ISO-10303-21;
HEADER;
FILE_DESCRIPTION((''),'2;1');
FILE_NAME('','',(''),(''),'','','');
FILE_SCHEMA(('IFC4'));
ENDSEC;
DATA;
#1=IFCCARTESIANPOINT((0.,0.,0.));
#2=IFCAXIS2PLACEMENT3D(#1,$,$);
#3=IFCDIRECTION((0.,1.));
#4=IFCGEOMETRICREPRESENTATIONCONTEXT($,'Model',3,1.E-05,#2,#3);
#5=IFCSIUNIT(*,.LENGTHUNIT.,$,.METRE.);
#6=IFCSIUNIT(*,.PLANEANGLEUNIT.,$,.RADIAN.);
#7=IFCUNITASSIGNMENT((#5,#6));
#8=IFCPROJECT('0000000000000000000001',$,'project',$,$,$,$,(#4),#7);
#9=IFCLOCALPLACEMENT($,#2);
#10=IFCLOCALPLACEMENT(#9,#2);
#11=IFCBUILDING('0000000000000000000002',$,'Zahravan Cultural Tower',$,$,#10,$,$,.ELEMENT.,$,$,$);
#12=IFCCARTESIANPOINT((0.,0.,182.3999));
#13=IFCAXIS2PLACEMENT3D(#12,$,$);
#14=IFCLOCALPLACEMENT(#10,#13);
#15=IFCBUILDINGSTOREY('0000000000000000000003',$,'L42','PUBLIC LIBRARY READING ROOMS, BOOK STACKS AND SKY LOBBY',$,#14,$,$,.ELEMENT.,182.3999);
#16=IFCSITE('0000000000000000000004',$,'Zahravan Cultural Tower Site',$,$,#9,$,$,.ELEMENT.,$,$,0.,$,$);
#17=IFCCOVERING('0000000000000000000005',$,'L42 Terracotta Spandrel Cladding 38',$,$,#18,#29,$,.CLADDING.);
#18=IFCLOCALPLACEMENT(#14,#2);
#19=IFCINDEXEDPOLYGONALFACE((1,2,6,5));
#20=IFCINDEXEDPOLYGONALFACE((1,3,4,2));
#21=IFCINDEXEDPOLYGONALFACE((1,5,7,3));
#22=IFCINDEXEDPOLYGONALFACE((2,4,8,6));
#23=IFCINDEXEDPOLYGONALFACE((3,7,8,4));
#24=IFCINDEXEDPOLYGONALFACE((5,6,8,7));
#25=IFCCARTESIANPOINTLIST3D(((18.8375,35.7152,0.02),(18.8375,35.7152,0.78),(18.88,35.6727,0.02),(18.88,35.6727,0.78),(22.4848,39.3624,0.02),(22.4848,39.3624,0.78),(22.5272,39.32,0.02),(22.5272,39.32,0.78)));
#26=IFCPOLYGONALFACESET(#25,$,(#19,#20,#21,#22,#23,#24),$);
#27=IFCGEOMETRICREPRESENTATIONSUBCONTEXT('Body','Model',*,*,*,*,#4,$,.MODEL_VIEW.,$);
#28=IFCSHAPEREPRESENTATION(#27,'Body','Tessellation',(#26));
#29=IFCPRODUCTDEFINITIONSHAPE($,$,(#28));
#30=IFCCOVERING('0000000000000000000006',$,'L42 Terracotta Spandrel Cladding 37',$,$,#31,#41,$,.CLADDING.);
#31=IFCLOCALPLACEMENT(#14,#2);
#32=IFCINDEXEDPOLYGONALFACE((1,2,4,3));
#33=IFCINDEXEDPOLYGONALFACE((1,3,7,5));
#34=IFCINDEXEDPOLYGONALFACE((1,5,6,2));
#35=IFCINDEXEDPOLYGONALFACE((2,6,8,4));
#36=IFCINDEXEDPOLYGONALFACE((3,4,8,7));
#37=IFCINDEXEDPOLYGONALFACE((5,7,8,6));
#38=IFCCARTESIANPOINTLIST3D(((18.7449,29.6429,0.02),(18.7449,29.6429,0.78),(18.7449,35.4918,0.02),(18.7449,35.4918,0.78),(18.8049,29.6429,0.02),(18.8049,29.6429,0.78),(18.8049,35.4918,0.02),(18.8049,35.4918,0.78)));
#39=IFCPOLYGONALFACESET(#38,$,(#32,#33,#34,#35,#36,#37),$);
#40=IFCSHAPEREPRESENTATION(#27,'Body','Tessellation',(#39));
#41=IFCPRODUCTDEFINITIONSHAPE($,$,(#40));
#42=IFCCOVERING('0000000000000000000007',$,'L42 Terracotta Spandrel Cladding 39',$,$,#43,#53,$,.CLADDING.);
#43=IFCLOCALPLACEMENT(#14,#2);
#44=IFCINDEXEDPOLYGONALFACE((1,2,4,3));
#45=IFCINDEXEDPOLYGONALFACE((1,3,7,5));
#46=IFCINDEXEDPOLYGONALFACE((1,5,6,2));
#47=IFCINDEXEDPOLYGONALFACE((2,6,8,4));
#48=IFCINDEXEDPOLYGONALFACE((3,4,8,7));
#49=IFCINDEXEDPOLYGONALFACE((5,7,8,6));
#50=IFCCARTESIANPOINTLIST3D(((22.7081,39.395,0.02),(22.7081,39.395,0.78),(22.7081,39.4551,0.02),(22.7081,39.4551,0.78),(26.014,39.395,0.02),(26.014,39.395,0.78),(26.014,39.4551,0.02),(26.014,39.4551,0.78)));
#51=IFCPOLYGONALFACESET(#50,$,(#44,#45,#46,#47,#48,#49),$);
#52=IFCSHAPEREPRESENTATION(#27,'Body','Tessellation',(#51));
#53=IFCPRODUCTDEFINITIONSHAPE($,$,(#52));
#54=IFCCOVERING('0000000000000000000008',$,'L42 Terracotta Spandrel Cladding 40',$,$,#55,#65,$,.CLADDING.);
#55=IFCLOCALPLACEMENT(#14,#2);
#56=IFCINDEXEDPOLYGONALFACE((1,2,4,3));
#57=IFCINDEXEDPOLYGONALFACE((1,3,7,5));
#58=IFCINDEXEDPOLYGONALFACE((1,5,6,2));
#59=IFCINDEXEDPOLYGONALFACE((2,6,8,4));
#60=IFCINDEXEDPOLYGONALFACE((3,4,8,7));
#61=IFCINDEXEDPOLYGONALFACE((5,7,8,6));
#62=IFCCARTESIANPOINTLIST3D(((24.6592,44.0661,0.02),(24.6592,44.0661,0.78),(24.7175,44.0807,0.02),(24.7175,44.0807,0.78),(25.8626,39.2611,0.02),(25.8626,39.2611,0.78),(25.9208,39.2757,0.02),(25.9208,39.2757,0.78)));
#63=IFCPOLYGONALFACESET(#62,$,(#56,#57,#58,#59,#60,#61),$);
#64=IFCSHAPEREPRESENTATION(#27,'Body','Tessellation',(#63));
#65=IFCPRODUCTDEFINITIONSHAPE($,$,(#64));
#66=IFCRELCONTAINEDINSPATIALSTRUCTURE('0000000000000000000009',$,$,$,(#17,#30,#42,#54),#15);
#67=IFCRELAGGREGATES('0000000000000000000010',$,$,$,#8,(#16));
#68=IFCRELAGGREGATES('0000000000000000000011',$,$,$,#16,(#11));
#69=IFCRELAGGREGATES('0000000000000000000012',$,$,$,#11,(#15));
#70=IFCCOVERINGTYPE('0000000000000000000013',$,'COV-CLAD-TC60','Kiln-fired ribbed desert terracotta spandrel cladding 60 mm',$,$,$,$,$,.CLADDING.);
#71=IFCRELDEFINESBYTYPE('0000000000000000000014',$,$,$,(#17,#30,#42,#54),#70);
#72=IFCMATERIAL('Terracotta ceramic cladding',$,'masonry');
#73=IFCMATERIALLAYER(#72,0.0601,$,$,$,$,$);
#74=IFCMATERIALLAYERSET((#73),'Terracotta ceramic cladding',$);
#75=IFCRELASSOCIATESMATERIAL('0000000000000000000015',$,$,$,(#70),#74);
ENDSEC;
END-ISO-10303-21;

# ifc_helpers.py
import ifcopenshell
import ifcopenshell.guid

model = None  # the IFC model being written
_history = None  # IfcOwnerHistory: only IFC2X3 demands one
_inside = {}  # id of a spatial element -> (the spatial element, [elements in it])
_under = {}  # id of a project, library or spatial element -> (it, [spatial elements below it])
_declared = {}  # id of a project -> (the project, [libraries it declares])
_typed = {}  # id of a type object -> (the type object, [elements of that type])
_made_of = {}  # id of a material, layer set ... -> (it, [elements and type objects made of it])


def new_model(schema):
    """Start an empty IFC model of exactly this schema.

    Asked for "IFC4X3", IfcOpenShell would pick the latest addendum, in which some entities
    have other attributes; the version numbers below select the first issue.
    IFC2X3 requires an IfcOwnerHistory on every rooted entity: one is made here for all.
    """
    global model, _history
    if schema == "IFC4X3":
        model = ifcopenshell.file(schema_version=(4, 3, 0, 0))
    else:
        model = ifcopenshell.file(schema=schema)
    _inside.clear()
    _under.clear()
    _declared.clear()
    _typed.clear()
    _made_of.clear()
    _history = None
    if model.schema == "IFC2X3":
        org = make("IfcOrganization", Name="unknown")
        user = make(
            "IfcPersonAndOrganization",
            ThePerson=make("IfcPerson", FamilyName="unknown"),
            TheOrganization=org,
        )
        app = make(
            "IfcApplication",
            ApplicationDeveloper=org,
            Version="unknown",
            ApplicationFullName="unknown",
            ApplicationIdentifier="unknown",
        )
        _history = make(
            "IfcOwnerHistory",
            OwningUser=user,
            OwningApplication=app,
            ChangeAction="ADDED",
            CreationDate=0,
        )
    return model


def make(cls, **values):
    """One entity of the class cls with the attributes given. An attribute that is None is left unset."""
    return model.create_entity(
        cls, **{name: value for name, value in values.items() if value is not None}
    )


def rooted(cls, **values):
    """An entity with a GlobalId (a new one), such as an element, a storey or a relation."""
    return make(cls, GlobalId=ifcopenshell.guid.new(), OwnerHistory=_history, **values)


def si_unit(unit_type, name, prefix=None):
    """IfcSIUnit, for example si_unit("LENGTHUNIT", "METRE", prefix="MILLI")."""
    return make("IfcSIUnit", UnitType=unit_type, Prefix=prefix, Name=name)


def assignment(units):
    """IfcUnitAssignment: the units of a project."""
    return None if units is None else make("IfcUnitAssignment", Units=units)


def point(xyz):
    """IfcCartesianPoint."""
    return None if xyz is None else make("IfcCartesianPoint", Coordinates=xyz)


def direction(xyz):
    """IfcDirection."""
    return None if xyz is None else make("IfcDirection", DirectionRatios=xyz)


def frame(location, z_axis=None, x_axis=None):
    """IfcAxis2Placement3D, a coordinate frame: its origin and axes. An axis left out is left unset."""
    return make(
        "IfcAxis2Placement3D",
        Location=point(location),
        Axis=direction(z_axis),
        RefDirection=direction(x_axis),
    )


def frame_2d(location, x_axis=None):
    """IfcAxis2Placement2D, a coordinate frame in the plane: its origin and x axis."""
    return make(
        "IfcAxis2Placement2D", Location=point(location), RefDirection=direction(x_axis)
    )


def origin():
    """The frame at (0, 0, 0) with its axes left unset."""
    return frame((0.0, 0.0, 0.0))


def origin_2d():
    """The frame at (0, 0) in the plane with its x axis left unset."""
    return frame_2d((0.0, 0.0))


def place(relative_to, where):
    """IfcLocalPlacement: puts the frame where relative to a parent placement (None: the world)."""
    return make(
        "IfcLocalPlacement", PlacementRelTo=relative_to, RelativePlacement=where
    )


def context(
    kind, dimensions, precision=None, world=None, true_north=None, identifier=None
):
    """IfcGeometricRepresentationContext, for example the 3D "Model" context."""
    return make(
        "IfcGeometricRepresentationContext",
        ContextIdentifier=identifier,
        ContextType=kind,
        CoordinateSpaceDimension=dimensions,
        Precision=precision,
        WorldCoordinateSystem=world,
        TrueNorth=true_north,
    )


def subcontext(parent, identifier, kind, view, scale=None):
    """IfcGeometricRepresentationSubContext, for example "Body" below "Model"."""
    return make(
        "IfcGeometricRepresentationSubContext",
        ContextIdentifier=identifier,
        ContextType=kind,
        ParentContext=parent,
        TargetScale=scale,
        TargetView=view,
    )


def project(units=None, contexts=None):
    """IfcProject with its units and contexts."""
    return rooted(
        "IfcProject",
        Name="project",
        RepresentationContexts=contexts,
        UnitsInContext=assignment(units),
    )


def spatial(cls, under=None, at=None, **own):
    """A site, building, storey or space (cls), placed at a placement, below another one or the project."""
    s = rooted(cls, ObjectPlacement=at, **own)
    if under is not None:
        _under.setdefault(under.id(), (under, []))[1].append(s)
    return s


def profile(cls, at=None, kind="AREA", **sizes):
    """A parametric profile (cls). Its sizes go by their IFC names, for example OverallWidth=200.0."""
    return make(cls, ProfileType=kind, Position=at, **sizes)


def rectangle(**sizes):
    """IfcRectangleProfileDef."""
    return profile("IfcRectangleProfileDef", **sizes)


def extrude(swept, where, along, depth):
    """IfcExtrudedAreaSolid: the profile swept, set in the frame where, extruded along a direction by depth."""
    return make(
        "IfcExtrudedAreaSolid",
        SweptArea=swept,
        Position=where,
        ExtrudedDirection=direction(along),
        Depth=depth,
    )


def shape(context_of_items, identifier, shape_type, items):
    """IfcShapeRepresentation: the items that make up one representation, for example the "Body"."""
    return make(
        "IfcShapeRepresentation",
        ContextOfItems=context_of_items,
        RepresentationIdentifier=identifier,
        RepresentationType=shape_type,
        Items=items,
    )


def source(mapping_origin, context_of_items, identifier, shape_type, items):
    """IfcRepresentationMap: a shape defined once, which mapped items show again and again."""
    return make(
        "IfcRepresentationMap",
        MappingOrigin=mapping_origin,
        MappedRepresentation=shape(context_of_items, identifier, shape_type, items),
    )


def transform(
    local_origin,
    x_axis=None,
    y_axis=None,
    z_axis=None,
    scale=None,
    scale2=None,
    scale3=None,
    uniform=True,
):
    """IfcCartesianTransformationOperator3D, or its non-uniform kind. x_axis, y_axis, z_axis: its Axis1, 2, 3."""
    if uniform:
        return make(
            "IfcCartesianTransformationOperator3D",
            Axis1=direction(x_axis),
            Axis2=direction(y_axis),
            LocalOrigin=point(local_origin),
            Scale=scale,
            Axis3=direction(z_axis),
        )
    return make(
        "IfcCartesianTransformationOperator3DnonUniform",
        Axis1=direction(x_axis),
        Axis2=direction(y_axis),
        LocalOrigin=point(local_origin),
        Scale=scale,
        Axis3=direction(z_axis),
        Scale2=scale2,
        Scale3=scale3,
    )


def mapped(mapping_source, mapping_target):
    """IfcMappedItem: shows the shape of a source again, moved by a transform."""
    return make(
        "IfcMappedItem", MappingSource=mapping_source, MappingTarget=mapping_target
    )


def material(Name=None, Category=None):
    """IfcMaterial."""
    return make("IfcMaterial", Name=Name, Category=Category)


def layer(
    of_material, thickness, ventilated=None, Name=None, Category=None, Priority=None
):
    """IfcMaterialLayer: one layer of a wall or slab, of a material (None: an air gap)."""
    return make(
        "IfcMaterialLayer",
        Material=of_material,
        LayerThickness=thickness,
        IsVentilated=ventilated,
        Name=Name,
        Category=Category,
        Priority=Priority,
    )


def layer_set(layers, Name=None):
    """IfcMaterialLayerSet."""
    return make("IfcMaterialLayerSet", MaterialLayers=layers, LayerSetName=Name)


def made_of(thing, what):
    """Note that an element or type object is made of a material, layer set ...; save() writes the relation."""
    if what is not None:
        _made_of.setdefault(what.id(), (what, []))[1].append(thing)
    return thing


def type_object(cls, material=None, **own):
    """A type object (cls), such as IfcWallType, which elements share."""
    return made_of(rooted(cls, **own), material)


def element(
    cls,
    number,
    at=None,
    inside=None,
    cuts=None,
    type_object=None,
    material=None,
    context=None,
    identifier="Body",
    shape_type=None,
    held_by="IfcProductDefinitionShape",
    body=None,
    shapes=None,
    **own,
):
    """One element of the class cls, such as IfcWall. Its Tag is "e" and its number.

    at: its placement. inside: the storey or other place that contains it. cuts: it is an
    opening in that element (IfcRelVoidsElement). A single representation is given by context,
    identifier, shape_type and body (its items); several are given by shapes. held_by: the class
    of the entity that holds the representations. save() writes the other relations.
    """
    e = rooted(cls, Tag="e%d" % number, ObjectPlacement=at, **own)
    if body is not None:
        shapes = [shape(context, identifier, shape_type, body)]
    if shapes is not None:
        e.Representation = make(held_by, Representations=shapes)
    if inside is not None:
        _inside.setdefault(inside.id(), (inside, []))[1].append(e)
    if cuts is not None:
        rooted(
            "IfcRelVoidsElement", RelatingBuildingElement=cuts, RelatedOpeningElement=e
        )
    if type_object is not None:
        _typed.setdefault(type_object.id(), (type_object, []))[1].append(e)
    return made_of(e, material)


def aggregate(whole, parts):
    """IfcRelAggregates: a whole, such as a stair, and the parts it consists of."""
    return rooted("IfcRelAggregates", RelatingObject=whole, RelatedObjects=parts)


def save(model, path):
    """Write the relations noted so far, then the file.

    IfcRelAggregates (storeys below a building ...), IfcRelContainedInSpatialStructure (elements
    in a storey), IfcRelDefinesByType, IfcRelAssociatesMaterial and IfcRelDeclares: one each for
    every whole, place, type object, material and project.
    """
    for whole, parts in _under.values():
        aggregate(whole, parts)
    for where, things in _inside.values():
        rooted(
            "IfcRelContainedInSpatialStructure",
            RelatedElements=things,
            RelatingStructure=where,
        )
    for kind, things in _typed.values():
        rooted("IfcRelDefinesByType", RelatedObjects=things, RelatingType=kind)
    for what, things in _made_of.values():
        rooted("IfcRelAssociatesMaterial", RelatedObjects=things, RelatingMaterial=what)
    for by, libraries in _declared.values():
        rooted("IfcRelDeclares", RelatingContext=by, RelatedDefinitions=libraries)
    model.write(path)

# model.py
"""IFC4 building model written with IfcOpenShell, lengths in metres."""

from ifc_helpers import new_model, si_unit, direction, frame, origin, origin_2d, place, context, subcontext, project, spatial, rectangle, extrude, source, transform, mapped, material, layer, layer_set, type_object, element, save


model = new_model("IFC4")

# Units and contexts
model_context = context("Model", 3, precision=1e-05, world=origin(), true_north=direction((0.0, 1.0)))
body_context = subcontext(model_context, "Body", "Model", "MODEL_VIEW")
ifc_project = project(units=[si_unit("LENGTHUNIT", "METRE"), si_unit("PLANEANGLEUNIT", "RADIAN")], contexts=[model_context])

# Site, building, storey
site_placement = place(None, origin())
site = spatial("IfcSite", under=ifc_project, at=site_placement, Name="Zahravan Cultural Tower Site", CompositionType="ELEMENT", RefElevation=0.0)
building_placement = place(site_placement, origin())
building = spatial("IfcBuilding", under=site, at=building_placement, Name="Zahravan Cultural Tower", CompositionType="ELEMENT")
storey_placement = place(building_placement, frame((0.0, 0.0, 182.3999)))
storey = spatial("IfcBuildingStorey", under=building, at=storey_placement, Name="L42", Description="PUBLIC LIBRARY READING ROOMS, BOOK STACKS AND SKY LOBBY", CompositionType="ELEMENT", Elevation=182.3999)

# Coverings
ifc_material_1 = material(Name="Terracotta ceramic cladding", Category="masonry")
ifc_layer_1 = layer(ifc_material_1, 0.0601)
ifc_layer_set_1 = layer_set([ifc_layer_1], Name="Terracotta ceramic cladding")
covering_type = type_object("IfcCoveringType", Name="COV-CLAD-TC60", Description="Kiln-fired ribbed desert terracotta spandrel cladding 60 mm", PredefinedType="CLADDING", material=ifc_layer_set_1)
shared_shape_1 = source(origin(), body_context, "Body", "SweptSolid", [
    extrude(rectangle(XDim=5.158, YDim=0.0601, at=origin_2d()), origin(), (0.0, 0.0, 1.0), 0.76),
])
covering_1_placement = place(storey_placement, frame((20.6824, 37.5176, 0.02), z_axis=(0.0, 0.0, 1.0), x_axis=(0.707107, 0.707107, 0.0)))
element("IfcCovering", 1, at=covering_1_placement, inside=storey, type_object=covering_type, Name="L42 Terracotta Spandrel Cladding 38", PredefinedType="CLADDING", context=body_context, shape_type="MappedRepresentation", body=[
    mapped(shared_shape_1, transform((0.0, 0.0, 0.0), x_axis=(1.0, 0.0, 0.0), y_axis=(0.0, 1.0, 0.0), z_axis=(0.0, 0.0, 1.0), scale=1.0)),
])
shared_shape_2 = source(origin(), body_context, "Body", "SweptSolid", [
    extrude(rectangle(XDim=5.8489, YDim=0.0601, at=origin_2d()), origin(), (0.0, 0.0, 1.0), 0.76),
])
covering_2_placement = place(storey_placement, frame((18.7749, 32.5674, 0.02), z_axis=(0.0, 0.0, 1.0), x_axis=(0.0, 1.0, 0.0)))
element("IfcCovering", 2, at=covering_2_placement, inside=storey, type_object=covering_type, Name="L42 Terracotta Spandrel Cladding 37", PredefinedType="CLADDING", context=body_context, shape_type="MappedRepresentation", body=[
    mapped(shared_shape_2, transform((0.0, 0.0, 0.0), x_axis=(1.0, 0.0, 0.0), y_axis=(0.0, 1.0, 0.0), z_axis=(0.0, 0.0, 1.0), scale=1.0)),
])
shared_shape_3 = source(origin(), body_context, "Body", "SweptSolid", [
    extrude(rectangle(XDim=3.3059, YDim=0.0601, at=origin_2d()), origin(), (0.0, 0.0, 1.0), 0.76),
])
covering_3_placement = place(storey_placement, frame((24.3611, 39.425, 0.02), z_axis=(0.0, 0.0, 1.0), x_axis=(1.0, 0.0, 0.0)))
element("IfcCovering", 3, at=covering_3_placement, inside=storey, type_object=covering_type, Name="L42 Terracotta Spandrel Cladding 39", PredefinedType="CLADDING", context=body_context, shape_type="MappedRepresentation", body=[
    mapped(shared_shape_3, transform((0.0, 0.0, 0.0), x_axis=(1.0, 0.0, 0.0), y_axis=(0.0, 1.0, 0.0), z_axis=(0.0, 0.0, 1.0), scale=1.0)),
])
shared_shape_4 = source(origin(), body_context, "Body", "SweptSolid", [
    extrude(rectangle(XDim=4.9534, YDim=0.0601, at=origin_2d()), origin(), (0.0, 0.0, 1.0), 0.76),
])
covering_4_placement = place(storey_placement, frame((25.29, 41.6709, 0.02), z_axis=(0.0, 0.0, 1.0), x_axis=(-0.242938, 0.970042, 0.0)))
element("IfcCovering", 4, at=covering_4_placement, inside=storey, type_object=covering_type, Name="L42 Terracotta Spandrel Cladding 40", PredefinedType="CLADDING", context=body_context, shape_type="MappedRepresentation", body=[
    mapped(shared_shape_4, transform((0.0, 0.0, 0.0), x_axis=(1.0, 0.0, 0.0), y_axis=(0.0, 1.0, 0.0), z_axis=(0.0, 0.0, 1.0), scale=1.0)),
])

save(model, "model.ifc")
